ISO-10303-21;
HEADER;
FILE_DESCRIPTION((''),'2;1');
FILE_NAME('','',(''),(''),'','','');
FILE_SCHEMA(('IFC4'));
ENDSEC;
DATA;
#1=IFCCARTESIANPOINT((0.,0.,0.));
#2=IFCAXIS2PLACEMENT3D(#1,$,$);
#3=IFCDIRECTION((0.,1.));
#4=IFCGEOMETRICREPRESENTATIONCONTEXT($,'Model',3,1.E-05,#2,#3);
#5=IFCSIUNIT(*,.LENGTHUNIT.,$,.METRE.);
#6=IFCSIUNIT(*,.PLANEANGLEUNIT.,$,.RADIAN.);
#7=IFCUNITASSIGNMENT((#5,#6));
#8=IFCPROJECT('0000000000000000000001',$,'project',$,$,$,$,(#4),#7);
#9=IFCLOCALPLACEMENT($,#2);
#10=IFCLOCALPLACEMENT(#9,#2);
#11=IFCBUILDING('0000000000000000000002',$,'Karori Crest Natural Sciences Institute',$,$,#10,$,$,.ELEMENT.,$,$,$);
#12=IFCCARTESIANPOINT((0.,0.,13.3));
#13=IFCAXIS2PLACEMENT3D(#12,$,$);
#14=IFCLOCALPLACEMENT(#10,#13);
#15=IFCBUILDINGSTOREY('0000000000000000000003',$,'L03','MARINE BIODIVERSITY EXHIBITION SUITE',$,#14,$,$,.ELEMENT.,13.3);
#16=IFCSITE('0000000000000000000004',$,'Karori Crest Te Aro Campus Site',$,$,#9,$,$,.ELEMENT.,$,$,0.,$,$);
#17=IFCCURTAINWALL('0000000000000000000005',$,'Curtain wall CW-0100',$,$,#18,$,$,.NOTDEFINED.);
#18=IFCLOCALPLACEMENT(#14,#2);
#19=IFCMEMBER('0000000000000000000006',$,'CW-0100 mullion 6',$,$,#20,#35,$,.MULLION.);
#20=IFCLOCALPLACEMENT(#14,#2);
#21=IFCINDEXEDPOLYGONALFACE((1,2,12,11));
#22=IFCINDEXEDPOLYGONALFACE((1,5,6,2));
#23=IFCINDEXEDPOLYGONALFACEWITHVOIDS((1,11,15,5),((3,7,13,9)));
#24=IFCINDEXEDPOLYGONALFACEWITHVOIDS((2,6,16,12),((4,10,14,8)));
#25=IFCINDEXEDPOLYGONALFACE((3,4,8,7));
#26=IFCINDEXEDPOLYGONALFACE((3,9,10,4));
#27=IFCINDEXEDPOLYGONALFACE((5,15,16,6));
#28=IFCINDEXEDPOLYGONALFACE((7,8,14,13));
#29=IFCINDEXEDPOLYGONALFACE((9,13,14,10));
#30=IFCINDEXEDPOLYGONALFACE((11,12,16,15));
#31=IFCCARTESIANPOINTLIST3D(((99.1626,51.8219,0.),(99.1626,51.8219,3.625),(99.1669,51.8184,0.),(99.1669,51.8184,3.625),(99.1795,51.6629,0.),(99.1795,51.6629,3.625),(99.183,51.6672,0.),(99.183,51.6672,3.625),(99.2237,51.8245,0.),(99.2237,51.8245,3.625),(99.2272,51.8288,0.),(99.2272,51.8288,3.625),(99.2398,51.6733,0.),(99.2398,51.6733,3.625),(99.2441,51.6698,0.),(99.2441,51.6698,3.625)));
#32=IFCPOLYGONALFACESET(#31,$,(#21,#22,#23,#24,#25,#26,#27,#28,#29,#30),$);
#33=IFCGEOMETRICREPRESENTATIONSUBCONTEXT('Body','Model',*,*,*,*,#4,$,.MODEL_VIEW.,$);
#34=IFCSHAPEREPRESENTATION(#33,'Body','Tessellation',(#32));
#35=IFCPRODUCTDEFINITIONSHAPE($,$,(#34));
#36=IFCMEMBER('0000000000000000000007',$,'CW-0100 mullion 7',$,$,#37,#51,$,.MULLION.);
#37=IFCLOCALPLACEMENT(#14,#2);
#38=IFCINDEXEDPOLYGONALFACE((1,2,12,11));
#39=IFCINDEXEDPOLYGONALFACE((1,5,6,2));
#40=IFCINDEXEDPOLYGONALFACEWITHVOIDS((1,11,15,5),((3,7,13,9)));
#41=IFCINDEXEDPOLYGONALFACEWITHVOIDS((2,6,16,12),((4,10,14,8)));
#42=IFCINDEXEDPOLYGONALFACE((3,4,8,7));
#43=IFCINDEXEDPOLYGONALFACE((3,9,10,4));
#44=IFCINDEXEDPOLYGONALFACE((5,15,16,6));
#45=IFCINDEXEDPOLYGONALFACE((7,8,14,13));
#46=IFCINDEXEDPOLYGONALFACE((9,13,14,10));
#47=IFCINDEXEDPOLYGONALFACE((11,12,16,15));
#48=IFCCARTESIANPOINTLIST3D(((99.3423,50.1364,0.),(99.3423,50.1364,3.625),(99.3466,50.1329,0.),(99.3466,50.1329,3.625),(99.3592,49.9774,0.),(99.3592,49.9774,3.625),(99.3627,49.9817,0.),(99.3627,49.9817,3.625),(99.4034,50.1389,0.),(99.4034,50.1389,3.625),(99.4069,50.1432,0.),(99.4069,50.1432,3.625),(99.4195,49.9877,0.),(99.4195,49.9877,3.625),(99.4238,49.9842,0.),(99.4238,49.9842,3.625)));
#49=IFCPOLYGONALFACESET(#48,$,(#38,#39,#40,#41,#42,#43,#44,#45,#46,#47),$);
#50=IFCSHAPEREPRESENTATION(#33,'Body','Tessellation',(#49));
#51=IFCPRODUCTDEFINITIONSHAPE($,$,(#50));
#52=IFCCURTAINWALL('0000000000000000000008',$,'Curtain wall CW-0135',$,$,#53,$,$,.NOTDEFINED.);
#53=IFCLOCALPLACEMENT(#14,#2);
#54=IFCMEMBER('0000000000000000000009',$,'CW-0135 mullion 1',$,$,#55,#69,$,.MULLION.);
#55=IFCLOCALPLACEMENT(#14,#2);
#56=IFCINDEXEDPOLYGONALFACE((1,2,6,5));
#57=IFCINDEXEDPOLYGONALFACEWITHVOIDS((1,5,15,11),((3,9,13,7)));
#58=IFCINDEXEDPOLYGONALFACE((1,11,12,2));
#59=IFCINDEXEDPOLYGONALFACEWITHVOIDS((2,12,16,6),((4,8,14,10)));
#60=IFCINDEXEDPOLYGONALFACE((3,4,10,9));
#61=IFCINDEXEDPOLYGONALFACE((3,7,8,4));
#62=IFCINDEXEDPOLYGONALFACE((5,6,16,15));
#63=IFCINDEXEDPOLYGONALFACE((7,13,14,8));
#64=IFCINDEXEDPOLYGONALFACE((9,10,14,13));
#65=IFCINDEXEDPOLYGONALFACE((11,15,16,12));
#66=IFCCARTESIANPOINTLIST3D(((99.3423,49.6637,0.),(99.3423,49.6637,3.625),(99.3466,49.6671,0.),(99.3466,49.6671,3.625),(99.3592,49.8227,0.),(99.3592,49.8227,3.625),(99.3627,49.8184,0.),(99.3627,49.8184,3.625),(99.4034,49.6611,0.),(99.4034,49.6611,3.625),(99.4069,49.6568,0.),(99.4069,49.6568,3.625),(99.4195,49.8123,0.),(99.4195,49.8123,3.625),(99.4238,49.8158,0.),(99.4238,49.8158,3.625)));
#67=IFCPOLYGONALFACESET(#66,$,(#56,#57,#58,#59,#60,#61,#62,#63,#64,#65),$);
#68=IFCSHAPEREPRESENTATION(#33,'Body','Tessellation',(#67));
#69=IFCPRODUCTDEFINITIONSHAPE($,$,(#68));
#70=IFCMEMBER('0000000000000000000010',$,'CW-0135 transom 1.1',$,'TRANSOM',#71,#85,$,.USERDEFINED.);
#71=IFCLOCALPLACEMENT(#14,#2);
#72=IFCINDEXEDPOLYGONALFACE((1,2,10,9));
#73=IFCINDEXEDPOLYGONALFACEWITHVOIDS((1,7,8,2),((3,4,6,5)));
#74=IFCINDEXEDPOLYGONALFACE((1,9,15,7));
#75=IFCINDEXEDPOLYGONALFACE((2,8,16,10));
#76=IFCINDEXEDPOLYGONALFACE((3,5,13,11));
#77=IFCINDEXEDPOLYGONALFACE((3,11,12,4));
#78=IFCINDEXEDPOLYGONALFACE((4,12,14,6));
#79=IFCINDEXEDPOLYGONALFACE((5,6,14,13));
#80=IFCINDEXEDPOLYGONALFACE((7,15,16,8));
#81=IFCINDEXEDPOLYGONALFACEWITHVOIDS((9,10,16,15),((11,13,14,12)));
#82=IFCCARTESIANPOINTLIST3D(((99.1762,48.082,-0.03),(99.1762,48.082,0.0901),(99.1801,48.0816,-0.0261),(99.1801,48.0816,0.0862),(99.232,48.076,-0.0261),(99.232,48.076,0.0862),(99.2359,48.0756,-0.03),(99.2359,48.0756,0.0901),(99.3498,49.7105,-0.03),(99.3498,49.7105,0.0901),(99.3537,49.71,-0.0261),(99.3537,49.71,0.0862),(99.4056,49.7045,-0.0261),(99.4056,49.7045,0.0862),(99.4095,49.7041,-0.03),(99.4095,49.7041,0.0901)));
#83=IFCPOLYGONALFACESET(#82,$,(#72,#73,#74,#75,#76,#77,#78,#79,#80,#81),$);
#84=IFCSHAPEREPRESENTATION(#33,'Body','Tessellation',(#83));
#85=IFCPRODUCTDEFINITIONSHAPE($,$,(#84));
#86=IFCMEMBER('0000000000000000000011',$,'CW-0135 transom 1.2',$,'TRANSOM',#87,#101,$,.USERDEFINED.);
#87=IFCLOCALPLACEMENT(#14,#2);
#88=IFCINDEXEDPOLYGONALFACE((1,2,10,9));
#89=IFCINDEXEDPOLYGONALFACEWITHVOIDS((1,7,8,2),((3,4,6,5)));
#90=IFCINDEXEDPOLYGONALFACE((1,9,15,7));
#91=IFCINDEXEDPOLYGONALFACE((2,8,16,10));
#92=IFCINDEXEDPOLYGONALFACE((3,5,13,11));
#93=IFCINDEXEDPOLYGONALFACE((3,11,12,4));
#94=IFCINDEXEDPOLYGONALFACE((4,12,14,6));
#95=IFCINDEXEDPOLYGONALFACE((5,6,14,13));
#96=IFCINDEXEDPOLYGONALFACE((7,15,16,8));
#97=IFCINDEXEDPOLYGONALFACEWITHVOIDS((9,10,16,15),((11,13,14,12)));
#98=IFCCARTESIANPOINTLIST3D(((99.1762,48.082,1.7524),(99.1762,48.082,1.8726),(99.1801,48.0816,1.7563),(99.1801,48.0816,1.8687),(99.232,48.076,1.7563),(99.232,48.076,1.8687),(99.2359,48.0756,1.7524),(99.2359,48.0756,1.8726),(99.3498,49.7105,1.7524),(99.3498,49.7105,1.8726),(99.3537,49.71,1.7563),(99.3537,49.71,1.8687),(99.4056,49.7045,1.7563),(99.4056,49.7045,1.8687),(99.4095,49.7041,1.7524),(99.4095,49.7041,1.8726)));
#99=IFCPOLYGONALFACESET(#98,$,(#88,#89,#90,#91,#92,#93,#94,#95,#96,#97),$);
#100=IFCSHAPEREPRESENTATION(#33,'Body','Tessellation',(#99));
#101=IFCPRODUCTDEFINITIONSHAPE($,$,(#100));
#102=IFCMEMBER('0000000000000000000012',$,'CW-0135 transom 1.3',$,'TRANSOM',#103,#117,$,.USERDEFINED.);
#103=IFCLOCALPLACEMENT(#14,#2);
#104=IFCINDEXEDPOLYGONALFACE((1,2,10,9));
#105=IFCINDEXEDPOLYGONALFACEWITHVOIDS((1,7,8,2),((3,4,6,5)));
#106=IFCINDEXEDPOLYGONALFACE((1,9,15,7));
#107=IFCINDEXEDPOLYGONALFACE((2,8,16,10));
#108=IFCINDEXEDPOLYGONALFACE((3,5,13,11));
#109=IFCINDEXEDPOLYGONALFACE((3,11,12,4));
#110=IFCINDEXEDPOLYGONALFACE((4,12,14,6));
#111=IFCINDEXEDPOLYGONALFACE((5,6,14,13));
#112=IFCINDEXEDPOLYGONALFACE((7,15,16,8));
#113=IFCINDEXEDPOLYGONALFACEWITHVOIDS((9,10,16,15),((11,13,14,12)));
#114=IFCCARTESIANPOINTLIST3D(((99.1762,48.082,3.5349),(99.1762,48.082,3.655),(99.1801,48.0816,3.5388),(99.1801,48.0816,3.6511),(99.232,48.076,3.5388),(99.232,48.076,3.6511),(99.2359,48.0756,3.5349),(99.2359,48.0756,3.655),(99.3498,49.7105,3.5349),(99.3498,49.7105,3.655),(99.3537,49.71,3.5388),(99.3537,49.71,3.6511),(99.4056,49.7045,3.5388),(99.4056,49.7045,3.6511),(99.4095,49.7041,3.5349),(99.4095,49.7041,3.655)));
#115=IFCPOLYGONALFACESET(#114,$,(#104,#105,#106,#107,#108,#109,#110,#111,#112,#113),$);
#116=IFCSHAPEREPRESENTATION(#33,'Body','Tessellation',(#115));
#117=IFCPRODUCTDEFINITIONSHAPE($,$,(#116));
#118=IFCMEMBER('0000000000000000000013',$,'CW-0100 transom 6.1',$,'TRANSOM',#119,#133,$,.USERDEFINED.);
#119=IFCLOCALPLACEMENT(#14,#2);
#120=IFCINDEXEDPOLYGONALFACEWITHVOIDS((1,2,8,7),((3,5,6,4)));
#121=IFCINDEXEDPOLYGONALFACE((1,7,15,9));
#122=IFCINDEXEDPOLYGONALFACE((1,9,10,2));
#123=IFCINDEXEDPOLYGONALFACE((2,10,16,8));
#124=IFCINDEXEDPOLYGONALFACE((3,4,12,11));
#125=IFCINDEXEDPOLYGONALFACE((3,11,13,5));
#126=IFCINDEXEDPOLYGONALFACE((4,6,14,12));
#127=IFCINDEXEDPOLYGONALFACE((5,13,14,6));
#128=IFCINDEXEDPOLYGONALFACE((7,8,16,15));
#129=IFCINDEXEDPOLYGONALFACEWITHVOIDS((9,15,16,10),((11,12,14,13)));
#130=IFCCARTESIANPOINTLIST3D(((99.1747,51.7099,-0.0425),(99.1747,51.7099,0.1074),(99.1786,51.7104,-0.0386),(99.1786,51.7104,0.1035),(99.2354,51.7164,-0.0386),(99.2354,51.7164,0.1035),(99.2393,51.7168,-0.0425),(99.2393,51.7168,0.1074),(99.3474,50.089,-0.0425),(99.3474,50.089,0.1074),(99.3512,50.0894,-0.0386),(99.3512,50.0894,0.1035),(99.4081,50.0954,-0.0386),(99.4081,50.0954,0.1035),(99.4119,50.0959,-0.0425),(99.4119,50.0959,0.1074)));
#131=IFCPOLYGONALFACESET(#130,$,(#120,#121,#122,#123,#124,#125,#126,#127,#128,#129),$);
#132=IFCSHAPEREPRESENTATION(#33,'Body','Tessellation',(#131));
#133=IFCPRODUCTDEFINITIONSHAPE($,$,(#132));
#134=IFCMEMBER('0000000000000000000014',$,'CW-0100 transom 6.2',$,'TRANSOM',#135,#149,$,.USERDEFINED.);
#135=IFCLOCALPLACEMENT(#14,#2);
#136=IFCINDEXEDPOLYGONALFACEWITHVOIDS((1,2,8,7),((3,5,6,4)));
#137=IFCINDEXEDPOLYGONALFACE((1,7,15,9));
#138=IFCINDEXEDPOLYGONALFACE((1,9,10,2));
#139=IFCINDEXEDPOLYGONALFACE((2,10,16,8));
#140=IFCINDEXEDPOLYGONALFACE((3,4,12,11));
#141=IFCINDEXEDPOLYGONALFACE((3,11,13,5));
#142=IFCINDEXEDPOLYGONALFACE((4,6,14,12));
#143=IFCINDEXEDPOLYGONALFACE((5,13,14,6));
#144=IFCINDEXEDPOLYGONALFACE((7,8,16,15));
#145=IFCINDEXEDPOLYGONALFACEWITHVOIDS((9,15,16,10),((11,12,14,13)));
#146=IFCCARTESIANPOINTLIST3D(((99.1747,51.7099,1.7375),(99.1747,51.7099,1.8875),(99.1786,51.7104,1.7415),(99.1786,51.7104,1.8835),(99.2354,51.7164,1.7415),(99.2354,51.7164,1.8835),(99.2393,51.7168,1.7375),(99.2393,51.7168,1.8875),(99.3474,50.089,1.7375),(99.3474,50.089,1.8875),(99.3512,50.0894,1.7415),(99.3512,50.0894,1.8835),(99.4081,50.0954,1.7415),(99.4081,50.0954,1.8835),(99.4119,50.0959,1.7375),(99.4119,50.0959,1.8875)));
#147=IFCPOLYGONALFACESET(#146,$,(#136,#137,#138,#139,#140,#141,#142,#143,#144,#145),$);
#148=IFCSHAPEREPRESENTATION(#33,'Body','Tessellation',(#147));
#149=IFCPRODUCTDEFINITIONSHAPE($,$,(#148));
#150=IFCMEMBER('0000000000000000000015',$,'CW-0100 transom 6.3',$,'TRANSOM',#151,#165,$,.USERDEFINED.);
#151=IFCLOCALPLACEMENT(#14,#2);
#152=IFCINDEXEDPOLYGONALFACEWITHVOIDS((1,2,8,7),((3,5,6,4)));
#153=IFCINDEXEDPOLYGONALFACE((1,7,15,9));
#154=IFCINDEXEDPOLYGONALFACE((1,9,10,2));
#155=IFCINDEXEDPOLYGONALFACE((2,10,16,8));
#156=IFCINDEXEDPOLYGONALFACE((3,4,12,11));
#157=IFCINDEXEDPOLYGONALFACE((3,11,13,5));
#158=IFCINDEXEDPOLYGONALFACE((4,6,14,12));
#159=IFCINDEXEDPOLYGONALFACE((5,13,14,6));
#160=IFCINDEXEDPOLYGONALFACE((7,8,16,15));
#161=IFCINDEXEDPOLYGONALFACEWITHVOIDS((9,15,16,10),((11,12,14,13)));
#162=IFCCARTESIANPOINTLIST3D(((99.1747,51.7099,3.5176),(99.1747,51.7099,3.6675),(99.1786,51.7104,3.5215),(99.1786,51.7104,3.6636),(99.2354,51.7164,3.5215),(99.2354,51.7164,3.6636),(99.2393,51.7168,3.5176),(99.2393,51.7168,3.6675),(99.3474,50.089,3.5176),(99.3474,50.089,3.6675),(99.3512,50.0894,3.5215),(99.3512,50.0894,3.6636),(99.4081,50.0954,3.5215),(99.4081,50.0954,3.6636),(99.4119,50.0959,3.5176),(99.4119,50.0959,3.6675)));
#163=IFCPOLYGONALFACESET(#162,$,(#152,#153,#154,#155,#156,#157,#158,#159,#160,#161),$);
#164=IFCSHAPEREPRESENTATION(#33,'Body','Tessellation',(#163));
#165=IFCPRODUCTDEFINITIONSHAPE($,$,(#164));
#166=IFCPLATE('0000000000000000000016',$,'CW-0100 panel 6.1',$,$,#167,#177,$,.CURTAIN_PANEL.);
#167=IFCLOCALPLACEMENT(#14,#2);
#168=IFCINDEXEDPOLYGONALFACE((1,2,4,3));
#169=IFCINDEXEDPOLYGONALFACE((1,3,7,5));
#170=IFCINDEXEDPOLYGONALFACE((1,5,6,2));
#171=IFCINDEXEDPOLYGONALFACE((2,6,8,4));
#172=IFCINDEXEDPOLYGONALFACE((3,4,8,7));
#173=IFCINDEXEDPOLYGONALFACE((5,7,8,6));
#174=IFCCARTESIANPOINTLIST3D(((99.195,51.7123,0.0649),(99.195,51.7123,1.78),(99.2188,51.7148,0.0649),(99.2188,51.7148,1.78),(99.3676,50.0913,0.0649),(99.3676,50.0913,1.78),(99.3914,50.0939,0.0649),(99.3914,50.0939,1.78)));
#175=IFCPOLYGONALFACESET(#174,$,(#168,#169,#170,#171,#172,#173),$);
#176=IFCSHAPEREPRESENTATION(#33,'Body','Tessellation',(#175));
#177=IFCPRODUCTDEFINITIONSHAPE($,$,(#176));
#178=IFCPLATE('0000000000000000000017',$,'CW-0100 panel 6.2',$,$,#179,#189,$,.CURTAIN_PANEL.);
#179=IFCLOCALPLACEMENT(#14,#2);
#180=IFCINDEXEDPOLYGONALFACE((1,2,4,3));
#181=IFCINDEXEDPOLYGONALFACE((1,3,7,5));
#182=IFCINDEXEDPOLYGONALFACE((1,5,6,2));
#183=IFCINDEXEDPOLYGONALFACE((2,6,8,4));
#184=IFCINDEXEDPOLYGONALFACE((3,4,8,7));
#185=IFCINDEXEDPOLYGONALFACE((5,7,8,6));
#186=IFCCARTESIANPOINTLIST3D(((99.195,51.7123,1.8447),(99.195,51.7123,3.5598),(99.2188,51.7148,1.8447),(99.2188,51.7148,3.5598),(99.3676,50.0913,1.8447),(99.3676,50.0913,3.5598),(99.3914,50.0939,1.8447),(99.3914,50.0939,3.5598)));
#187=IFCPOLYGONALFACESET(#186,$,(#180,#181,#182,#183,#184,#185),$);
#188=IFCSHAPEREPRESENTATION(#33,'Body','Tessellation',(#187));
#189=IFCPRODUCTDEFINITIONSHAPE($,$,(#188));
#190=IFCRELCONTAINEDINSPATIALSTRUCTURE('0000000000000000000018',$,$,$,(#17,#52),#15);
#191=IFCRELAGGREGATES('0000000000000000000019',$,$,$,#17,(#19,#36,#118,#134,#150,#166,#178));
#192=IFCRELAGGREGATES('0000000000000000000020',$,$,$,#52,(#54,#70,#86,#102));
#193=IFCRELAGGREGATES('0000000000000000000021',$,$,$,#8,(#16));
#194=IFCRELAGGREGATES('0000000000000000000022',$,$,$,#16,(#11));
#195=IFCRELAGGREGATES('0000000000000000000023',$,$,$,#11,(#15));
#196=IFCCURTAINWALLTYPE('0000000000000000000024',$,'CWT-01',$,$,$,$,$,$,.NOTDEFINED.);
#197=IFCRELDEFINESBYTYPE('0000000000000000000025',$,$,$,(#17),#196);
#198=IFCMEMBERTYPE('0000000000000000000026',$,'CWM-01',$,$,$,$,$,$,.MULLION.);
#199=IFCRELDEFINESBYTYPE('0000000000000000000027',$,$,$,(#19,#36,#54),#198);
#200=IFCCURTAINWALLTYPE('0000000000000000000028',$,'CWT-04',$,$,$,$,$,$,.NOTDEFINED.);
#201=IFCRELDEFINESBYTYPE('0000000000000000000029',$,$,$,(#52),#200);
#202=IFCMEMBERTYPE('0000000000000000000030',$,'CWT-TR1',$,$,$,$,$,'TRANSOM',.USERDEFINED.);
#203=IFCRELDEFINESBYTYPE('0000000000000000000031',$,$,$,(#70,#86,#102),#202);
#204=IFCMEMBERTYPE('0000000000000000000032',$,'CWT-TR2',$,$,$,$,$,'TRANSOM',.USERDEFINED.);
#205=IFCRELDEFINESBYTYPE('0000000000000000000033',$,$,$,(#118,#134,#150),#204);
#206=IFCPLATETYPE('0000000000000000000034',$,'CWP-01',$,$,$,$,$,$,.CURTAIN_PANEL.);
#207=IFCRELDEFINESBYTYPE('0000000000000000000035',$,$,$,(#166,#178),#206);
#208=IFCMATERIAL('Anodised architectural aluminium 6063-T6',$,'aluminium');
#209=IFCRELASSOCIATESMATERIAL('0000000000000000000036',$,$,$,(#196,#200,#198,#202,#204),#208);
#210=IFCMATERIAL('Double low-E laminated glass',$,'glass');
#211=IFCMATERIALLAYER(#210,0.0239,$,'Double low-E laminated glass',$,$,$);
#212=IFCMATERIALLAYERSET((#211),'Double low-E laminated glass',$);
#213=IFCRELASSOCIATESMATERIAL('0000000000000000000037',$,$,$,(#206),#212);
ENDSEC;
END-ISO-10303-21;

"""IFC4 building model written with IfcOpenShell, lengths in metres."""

from ifc_helpers import new_model, si_unit, direction, frame, origin, origin_2d, place, context, subcontext, project, spatial, rectangle, hollow_rectangle, extrude, material, layer, layer_set, material_profile, profile_set, type_object, element, aggregate, save


model = new_model("IFC4")

# Units and contexts
model_context = context("Model", 3, precision=1e-05, world=origin(), true_north=direction((0.0, 1.0)))
body_context = subcontext(model_context, "Body", "Model", "MODEL_VIEW")
ifc_project = project(units=[si_unit("LENGTHUNIT", "METRE"), si_unit("PLANEANGLEUNIT", "RADIAN")], contexts=[model_context])

# Site, building, storey
site_placement = place(None, origin())
site = spatial("IfcSite", under=ifc_project, at=site_placement, Name="Karori Crest Te Aro Campus Site", CompositionType="ELEMENT", RefElevation=0.0)
building_placement = place(site_placement, origin())
building = spatial("IfcBuilding", under=site, at=building_placement, Name="Karori Crest Natural Sciences Institute", CompositionType="ELEMENT")
storey_placement = place(building_placement, frame((0.0, 0.0, 13.3)))
storey = spatial("IfcBuildingStorey", under=building, at=storey_placement, Name="L03", Description="MARINE BIODIVERSITY EXHIBITION SUITE", CompositionType="ELEMENT", Elevation=13.3)

# Curtain walls, members
ifc_material_1 = material(Name="Anodised architectural aluminium 6063-T6", Category="aluminium")
curtain_wall_type_1 = type_object("IfcCurtainWallType", Name="CWT-01", PredefinedType="NOTDEFINED", material=ifc_material_1)
curtain_wall_1_placement = place(storey_placement, origin())
curtain_wall_1 = element("IfcCurtainWall", 1, at=curtain_wall_1_placement, inside=storey, type_object=curtain_wall_type_1, Name="Curtain wall CW-0100", PredefinedType="NOTDEFINED")
ifc_material_profile_1 = material_profile(ifc_material_1, hollow_rectangle(XDim=0.0649, YDim=0.1599, WallThickness=0.0039, at=origin_2d()), Name="CWM160x65x4")
ifc_profile_set_1 = profile_set([ifc_material_profile_1], Name="Anodised architectural aluminium 6063-T6")
member_type_1 = type_object("IfcMemberType", Name="CWM-01", PredefinedType="MULLION", material=ifc_profile_set_1)
member_1_placement = place(storey_placement, frame((99.2034, 51.7458, 0.0), z_axis=(0.0, 0.0, 1.0), x_axis=(0.994378, 0.105884, 0.0)))
member_1 = element("IfcMember", 2, at=member_1_placement, type_object=member_type_1, Name="CW-0100 mullion 6", PredefinedType="MULLION", context=body_context, shape_type="SweptSolid", body=[
    extrude(hollow_rectangle(XDim=0.0649, YDim=0.1599, WallThickness=0.0039, at=origin_2d()), origin(), (0.0, 0.0, 1.0), 3.625),
])
member_2_placement = place(storey_placement, frame((99.3831, 50.0603, 0.0), z_axis=(0.0, 0.0, 1.0), x_axis=(0.994378, 0.105884, 0.0)))
member_2 = element("IfcMember", 3, at=member_2_placement, type_object=member_type_1, Name="CW-0100 mullion 7", PredefinedType="MULLION", context=body_context, shape_type="SweptSolid", body=[
    extrude(hollow_rectangle(XDim=0.0649, YDim=0.1599, WallThickness=0.0039, at=origin_2d()), origin(), (0.0, 0.0, 1.0), 3.625),
])
curtain_wall_type_2 = type_object("IfcCurtainWallType", Name="CWT-04", PredefinedType="NOTDEFINED", material=ifc_material_1)
curtain_wall_2_placement = place(storey_placement, origin())
curtain_wall_2 = element("IfcCurtainWall", 4, at=curtain_wall_2_placement, inside=storey, type_object=curtain_wall_type_2, Name="Curtain wall CW-0135", PredefinedType="NOTDEFINED")
member_3_placement = place(storey_placement, frame((99.3831, 49.7397, 0.0), z_axis=(0.0, 0.0, 1.0), x_axis=(0.994378, -0.105886, 0.0)))
member_3 = element("IfcMember", 5, at=member_3_placement, type_object=member_type_1, Name="CW-0135 mullion 1", PredefinedType="MULLION", context=body_context, shape_type="SweptSolid", body=[
    extrude(hollow_rectangle(XDim=0.0649, YDim=0.1599, WallThickness=0.0039, at=origin_2d()), origin(), (0.0, 0.0, 1.0), 3.625),
])
ifc_material_profile_2 = material_profile(ifc_material_1, hollow_rectangle(XDim=0.0601, YDim=0.1201, WallThickness=0.0039, at=origin_2d()), Name="CWT120x60x4")
ifc_profile_set_2 = profile_set([ifc_material_profile_2], Name="Anodised architectural aluminium 6063-T6")
member_type_2 = type_object("IfcMemberType", Name="CWT-TR1", ElementType="TRANSOM", PredefinedType="USERDEFINED", material=ifc_profile_set_2)
member_4_placement = place(storey_placement, frame((99.3796, 49.7073, 0.03), z_axis=(-0.105996, -0.994367, 0.0), x_axis=(0.994367, -0.105996, 0.0)))
member_4 = element("IfcMember", 6, at=member_4_placement, type_object=member_type_2, Name="CW-0135 transom 1.1", ObjectType="TRANSOM", PredefinedType="USERDEFINED", context=body_context, shape_type="SweptSolid", body=[
    extrude(hollow_rectangle(XDim=0.0601, YDim=0.1201, WallThickness=0.0039, at=origin_2d()), origin(), (0.0, 0.0, 1.0), 1.6377),
])
member_5_placement = place(storey_placement, frame((99.3796, 49.7073, 1.8125), z_axis=(-0.105996, -0.994367, 0.0), x_axis=(0.994367, -0.105996, 0.0)))
member_5 = element("IfcMember", 7, at=member_5_placement, type_object=member_type_2, Name="CW-0135 transom 1.2", ObjectType="TRANSOM", PredefinedType="USERDEFINED", context=body_context, shape_type="SweptSolid", body=[
    extrude(hollow_rectangle(XDim=0.0601, YDim=0.1201, WallThickness=0.0039, at=origin_2d()), origin(), (0.0, 0.0, 1.0), 1.6377),
])
member_6_placement = place(storey_placement, frame((99.3796, 49.7073, 3.595), z_axis=(-0.105996, -0.994367, 0.0), x_axis=(0.994367, -0.105996, 0.0)))
member_6 = element("IfcMember", 8, at=member_6_placement, type_object=member_type_2, Name="CW-0135 transom 1.3", ObjectType="TRANSOM", PredefinedType="USERDEFINED", context=body_context, shape_type="SweptSolid", body=[
    extrude(hollow_rectangle(XDim=0.0601, YDim=0.1201, WallThickness=0.0039, at=origin_2d()), origin(), (0.0, 0.0, 1.0), 1.6377),
])

# Members
ifc_material_profile_3 = material_profile(ifc_material_1, hollow_rectangle(XDim=0.0649, YDim=0.1499, WallThickness=0.0039, at=origin_2d()), Name="CWT150x65x4")
ifc_profile_set_3 = profile_set([ifc_material_profile_3], Name="Anodised architectural aluminium 6063-T6")
member_type_3 = type_object("IfcMemberType", Name="CWT-TR2", ElementType="TRANSOM", PredefinedType="USERDEFINED", material=ifc_profile_set_3)
member_7_placement = place(storey_placement, frame((99.207, 51.7134, 0.0325), z_axis=(0.105893, -0.994378, 0.0), x_axis=(0.994378, 0.105893, 0.0)))
member_7 = element("IfcMember", 9, at=member_7_placement, type_object=member_type_3, Name="CW-0100 transom 6.1", ObjectType="TRANSOM", PredefinedType="USERDEFINED", context=body_context, shape_type="SweptSolid", body=[
    extrude(hollow_rectangle(XDim=0.0649, YDim=0.1499, WallThickness=0.0039, at=origin_2d()), origin(), (0.0, 0.0, 1.0), 1.6301),
])
member_8_placement = place(storey_placement, frame((99.207, 51.7134, 1.8125), z_axis=(0.105893, -0.994378, 0.0), x_axis=(0.994378, 0.105893, 0.0)))
member_8 = element("IfcMember", 10, at=member_8_placement, type_object=member_type_3, Name="CW-0100 transom 6.2", ObjectType="TRANSOM", PredefinedType="USERDEFINED", context=body_context, shape_type="SweptSolid", body=[
    extrude(hollow_rectangle(XDim=0.0649, YDim=0.1499, WallThickness=0.0039, at=origin_2d()), origin(), (0.0, 0.0, 1.0), 1.6301),
])
member_9_placement = place(storey_placement, frame((99.207, 51.7134, 3.5925), z_axis=(0.105893, -0.994378, 0.0), x_axis=(0.994378, 0.105893, 0.0)))
member_9 = element("IfcMember", 11, at=member_9_placement, type_object=member_type_3, Name="CW-0100 transom 6.3", ObjectType="TRANSOM", PredefinedType="USERDEFINED", context=body_context, shape_type="SweptSolid", body=[
    extrude(hollow_rectangle(XDim=0.0649, YDim=0.1499, WallThickness=0.0039, at=origin_2d()), origin(), (0.0, 0.0, 1.0), 1.6301),
])

# Plates
ifc_material_2 = material(Name="Double low-E laminated glass", Category="glass")
ifc_layer_1 = layer(ifc_material_2, 0.0239, Name="Double low-E laminated glass")
ifc_layer_set_1 = layer_set([ifc_layer_1], Name="Double low-E laminated glass")
plate_type_1 = type_object("IfcPlateType", Name="CWP-01", PredefinedType="CURTAIN_PANEL", material=ifc_layer_set_1)
plate_1_placement = place(storey_placement, frame((99.2932, 50.9031, 0.0649), z_axis=(0.0, 0.0, 1.0), x_axis=(0.105884, -0.994378, 0.0)))
plate_1 = element("IfcPlate", 12, at=plate_1_placement, type_object=plate_type_1, Name="CW-0100 panel 6.1", PredefinedType="CURTAIN_PANEL", context=body_context, shape_type="SweptSolid", body=[
    extrude(rectangle(XDim=1.6301, YDim=0.0239, at=origin_2d()), origin(), (0.0, 0.0, 1.0), 1.7151),
])
plate_2_placement = place(storey_placement, frame((99.2932, 50.9031, 1.8447), z_axis=(0.0, 0.0, 1.0), x_axis=(0.105884, -0.994378, 0.0)))
plate_2 = element("IfcPlate", 13, at=plate_2_placement, type_object=plate_type_1, Name="CW-0100 panel 6.2", PredefinedType="CURTAIN_PANEL", context=body_context, shape_type="SweptSolid", body=[
    extrude(rectangle(XDim=1.6301, YDim=0.0239, at=origin_2d()), origin(), (0.0, 0.0, 1.0), 1.7151),
])
aggregate(curtain_wall_1, [member_1, member_2, member_7, member_8, member_9, plate_1, plate_2])
aggregate(curtain_wall_2, [member_3, member_4, member_5, member_6])

save(model, "model.ifc")
